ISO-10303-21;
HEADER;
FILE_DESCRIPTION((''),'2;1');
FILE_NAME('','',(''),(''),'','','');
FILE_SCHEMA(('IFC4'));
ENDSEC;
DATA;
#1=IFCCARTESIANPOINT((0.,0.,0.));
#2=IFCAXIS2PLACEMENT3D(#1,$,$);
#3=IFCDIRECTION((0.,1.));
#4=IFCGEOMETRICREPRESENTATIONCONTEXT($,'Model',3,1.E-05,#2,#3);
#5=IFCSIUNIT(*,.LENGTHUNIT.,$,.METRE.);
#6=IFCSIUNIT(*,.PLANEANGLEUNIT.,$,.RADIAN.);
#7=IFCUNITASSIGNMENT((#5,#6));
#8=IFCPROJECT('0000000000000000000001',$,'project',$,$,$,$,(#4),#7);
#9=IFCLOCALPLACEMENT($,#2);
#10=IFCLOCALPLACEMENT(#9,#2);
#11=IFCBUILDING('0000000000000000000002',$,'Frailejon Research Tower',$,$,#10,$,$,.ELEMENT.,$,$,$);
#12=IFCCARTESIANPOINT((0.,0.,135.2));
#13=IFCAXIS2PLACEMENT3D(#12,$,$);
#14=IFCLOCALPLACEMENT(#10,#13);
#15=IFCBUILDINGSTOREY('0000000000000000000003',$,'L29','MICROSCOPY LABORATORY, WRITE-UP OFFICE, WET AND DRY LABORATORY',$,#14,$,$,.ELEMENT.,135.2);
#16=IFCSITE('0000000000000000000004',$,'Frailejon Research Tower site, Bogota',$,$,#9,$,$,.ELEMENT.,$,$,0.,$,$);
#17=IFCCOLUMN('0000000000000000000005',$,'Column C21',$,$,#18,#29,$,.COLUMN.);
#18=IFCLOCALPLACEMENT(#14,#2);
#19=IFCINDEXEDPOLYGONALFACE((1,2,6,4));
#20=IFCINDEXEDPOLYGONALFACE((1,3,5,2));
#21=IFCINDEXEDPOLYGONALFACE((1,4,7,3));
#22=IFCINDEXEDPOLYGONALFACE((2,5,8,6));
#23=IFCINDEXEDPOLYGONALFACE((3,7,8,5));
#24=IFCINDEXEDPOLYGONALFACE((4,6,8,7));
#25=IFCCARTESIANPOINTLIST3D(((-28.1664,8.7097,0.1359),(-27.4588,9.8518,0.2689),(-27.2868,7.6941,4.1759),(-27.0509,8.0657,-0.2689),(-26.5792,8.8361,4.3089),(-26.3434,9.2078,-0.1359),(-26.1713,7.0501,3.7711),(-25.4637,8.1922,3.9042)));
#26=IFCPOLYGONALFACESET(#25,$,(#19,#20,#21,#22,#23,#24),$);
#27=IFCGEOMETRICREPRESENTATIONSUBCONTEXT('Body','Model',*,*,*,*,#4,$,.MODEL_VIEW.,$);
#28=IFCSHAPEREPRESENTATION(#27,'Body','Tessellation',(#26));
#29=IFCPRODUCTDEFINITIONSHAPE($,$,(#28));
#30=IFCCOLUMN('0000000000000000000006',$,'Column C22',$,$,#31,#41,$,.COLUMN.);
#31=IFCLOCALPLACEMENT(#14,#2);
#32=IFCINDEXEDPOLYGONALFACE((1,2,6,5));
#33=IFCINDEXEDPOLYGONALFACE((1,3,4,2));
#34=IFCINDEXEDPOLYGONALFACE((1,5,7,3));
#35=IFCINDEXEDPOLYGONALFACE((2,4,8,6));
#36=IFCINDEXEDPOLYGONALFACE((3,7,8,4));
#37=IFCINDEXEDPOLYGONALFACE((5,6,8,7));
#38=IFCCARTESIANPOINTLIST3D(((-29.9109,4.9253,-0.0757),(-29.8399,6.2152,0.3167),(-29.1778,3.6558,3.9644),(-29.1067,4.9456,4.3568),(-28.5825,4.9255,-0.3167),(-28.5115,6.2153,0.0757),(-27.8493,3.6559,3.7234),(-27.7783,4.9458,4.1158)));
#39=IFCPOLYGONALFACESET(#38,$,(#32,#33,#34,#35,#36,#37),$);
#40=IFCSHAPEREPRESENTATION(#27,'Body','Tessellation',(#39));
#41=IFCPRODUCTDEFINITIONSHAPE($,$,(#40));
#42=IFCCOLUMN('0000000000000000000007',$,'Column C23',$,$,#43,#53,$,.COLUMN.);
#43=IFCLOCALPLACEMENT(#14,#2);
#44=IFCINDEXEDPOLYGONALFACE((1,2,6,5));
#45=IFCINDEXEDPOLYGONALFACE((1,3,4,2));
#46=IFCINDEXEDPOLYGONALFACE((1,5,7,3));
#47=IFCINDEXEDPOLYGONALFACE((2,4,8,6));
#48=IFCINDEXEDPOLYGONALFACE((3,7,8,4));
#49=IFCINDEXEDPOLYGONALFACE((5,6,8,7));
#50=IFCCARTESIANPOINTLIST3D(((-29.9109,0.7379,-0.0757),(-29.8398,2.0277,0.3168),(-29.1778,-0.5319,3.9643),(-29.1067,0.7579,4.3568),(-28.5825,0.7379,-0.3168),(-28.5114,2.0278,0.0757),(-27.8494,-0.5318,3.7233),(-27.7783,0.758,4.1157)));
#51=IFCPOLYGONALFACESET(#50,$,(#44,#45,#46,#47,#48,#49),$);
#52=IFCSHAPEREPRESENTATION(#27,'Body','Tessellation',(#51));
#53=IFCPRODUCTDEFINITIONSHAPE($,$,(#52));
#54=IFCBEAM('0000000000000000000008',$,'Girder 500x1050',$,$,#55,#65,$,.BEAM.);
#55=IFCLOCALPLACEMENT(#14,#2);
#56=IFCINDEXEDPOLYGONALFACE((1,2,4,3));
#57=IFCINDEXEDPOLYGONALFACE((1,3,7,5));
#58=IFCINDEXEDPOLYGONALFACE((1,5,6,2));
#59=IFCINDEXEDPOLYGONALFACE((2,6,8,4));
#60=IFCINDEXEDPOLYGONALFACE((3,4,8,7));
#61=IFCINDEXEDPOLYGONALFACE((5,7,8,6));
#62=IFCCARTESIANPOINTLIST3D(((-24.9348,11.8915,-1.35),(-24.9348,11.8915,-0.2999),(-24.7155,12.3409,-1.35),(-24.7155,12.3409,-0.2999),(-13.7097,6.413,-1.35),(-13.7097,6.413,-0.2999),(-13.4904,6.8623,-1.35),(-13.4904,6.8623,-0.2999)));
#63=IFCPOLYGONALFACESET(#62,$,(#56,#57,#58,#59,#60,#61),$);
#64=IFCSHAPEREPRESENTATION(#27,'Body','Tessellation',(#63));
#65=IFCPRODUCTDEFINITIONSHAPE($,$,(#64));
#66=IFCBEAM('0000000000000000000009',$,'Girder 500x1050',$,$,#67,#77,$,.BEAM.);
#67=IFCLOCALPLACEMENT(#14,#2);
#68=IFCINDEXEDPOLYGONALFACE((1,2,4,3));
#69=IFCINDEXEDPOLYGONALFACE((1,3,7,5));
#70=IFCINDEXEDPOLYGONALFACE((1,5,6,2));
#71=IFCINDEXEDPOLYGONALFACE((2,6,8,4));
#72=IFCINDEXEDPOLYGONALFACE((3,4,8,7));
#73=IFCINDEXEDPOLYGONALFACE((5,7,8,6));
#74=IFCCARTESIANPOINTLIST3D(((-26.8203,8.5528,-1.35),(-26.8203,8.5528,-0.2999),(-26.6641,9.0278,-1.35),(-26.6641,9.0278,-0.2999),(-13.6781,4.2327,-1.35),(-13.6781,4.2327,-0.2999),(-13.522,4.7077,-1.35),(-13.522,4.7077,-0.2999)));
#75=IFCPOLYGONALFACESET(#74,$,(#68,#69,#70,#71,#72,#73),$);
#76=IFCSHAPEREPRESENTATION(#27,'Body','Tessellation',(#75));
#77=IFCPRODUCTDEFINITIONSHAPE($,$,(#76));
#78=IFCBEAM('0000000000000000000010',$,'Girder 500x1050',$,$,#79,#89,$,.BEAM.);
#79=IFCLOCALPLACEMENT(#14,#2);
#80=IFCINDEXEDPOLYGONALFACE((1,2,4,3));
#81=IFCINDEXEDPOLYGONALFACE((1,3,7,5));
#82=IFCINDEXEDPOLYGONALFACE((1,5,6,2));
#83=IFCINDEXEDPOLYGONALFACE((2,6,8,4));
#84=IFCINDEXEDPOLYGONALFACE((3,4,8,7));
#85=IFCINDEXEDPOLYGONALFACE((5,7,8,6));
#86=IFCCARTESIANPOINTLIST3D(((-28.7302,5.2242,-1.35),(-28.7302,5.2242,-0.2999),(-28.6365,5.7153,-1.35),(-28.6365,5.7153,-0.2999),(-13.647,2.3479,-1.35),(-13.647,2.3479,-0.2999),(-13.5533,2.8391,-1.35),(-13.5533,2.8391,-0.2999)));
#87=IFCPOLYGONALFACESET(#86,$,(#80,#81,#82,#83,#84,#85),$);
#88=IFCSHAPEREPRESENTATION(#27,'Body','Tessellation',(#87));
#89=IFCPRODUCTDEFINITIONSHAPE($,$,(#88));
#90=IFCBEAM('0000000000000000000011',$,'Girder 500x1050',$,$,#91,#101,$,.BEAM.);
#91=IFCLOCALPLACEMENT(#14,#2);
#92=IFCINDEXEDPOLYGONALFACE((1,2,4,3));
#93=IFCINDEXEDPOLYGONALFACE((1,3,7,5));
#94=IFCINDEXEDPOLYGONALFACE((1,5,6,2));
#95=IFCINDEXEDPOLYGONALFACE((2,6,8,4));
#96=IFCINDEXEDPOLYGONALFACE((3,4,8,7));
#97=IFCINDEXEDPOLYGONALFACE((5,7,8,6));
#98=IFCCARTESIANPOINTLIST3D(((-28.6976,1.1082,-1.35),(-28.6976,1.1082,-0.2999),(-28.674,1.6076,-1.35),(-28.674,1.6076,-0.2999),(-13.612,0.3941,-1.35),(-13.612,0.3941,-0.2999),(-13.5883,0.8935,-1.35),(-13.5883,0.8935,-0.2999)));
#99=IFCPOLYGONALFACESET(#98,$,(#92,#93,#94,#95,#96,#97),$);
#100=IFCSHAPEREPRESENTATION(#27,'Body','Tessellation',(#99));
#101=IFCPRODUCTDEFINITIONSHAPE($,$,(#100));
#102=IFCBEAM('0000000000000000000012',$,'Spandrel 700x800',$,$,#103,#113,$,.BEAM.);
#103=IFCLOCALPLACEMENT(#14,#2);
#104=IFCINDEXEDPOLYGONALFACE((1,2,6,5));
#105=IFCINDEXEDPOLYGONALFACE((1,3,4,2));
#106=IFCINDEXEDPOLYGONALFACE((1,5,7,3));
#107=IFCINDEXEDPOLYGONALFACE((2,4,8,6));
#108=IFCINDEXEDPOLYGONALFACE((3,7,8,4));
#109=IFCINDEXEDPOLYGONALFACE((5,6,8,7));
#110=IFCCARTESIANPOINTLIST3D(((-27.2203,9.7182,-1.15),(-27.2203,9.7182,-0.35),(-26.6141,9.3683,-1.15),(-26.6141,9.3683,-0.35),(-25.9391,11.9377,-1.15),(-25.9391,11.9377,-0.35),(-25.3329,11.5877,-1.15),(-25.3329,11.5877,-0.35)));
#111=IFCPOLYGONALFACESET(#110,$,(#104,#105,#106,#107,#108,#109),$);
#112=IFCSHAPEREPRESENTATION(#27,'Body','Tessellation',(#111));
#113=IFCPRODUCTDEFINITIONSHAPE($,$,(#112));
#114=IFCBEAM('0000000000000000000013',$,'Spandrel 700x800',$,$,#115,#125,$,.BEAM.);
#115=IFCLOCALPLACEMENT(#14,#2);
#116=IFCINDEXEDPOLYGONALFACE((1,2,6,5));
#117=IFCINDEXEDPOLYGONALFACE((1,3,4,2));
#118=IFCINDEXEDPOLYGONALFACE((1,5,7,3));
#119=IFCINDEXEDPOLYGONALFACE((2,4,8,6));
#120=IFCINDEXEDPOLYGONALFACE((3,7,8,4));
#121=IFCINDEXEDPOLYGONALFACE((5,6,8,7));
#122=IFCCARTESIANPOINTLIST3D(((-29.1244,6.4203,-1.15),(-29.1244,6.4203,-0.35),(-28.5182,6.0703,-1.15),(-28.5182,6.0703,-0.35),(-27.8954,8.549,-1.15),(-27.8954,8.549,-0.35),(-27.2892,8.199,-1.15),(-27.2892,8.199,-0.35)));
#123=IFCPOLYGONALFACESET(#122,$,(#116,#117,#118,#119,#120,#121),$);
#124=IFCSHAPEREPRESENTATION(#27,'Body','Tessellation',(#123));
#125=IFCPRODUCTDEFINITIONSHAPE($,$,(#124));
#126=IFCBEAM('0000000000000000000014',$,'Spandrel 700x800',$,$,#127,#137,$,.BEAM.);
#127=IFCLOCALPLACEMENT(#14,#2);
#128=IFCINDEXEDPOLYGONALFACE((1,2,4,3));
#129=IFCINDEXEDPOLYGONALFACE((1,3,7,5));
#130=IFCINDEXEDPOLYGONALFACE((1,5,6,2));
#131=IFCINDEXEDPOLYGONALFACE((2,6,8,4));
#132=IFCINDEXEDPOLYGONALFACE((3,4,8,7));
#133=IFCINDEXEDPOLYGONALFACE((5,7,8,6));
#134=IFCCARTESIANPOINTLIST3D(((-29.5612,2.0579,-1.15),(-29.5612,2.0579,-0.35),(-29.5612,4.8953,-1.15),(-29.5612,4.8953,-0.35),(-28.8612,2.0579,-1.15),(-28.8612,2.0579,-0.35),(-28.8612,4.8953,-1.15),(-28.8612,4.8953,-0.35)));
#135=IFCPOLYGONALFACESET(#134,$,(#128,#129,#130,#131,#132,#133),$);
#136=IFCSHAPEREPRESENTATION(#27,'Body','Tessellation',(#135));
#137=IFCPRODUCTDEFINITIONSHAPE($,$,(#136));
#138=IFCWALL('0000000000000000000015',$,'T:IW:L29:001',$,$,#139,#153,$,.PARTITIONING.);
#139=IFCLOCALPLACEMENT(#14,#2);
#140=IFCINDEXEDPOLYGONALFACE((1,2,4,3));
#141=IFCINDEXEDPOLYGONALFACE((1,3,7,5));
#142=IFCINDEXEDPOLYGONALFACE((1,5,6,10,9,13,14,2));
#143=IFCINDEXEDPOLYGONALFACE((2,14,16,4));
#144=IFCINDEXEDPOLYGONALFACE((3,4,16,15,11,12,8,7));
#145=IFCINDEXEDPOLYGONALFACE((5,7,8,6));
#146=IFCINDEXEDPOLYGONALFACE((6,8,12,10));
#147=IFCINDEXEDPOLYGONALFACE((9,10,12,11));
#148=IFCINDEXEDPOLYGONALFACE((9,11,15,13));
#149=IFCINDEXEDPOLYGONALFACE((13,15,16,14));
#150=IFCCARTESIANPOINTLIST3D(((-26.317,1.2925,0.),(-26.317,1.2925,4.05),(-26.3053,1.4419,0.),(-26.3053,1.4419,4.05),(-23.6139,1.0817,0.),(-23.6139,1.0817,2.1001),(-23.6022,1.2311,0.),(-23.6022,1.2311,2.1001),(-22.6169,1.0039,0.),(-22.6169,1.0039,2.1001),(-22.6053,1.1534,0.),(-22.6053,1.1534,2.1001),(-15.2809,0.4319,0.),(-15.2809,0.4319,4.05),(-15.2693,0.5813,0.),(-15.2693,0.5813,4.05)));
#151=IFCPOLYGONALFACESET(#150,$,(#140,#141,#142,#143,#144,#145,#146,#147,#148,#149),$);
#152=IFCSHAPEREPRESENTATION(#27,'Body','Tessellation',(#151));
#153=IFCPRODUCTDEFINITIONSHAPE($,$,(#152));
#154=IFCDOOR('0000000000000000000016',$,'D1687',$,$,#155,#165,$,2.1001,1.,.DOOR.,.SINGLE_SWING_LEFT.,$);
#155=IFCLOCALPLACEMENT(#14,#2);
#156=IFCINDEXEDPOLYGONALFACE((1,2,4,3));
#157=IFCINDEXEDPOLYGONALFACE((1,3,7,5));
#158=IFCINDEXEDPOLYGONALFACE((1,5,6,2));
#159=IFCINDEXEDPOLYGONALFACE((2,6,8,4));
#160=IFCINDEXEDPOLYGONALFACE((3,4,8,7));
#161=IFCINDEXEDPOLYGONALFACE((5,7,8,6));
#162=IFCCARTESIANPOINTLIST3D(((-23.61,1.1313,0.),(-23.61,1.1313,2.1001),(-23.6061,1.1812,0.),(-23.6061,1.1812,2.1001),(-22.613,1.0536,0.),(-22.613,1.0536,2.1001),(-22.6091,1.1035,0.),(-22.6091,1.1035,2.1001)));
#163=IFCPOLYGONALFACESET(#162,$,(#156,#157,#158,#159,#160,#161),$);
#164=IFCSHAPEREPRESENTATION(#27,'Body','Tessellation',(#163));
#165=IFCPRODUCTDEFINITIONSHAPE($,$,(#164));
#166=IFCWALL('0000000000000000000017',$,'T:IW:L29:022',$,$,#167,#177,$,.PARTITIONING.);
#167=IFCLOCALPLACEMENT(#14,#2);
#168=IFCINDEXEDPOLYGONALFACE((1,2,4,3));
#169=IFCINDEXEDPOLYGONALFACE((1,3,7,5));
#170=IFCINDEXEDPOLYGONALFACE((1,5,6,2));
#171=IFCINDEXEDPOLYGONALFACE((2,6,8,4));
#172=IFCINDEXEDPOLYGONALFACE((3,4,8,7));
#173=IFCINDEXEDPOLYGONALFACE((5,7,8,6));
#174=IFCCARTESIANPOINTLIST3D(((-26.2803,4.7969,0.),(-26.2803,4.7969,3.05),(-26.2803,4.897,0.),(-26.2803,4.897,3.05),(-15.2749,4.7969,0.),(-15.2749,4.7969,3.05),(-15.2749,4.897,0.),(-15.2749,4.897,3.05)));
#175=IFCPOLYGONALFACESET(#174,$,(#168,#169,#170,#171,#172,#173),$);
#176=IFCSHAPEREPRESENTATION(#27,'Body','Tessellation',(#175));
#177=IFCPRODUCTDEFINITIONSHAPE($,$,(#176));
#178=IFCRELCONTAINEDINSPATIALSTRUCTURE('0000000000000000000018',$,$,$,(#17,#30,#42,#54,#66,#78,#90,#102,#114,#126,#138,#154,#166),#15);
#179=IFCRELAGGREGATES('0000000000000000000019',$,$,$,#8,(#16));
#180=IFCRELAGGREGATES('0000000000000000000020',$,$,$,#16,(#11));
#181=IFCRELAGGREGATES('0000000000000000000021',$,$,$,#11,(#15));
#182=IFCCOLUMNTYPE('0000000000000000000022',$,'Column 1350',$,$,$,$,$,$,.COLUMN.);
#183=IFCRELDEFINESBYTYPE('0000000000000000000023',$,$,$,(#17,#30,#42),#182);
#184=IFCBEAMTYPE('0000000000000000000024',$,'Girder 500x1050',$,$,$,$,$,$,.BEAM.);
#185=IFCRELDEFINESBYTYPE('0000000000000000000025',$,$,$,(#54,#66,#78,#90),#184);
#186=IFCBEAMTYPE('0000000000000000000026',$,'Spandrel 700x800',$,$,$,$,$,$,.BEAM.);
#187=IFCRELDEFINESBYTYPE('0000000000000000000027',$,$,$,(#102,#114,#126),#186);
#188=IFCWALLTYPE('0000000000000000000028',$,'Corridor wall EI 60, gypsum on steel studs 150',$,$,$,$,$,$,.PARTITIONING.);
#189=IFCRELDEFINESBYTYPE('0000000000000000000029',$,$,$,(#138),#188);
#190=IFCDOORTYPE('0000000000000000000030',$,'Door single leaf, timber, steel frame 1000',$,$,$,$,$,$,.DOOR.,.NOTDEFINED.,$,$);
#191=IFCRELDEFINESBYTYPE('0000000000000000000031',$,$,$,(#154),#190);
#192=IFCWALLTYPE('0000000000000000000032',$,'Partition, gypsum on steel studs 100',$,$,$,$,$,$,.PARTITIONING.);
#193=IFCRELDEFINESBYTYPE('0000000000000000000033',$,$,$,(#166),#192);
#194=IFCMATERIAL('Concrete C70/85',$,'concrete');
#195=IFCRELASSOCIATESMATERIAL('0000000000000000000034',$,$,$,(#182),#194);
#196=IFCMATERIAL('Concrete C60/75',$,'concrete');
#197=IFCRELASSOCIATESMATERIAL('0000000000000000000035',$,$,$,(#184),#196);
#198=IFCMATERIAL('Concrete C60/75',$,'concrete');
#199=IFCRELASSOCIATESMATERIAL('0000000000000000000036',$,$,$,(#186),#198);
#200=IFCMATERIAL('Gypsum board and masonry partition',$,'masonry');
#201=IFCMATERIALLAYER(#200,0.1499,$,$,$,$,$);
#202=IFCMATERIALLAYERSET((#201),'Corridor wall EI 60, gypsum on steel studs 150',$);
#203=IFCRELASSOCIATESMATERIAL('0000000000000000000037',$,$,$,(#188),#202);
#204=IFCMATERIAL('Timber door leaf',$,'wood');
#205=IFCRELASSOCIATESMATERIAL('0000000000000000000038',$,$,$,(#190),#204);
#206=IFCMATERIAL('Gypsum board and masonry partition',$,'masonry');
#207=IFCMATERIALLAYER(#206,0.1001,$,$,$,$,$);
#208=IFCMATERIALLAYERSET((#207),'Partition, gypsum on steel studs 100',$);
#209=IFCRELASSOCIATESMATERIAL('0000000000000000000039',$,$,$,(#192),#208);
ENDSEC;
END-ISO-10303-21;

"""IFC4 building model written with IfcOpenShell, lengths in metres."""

from ifc_helpers import new_model, si_unit, direction, frame, frame_2d, origin, origin_2d, place, context, subcontext, project, spatial, rectangle, extrude, material, layer, layer_set, material_profile, profile_set, type_object, element, fill, save


model = new_model("IFC4")

# Units and contexts
model_context = context("Model", 3, precision=1e-05, world=origin(), true_north=direction((0.0, 1.0)))
body_context = subcontext(model_context, "Body", "Model", "MODEL_VIEW")
ifc_project = project(units=[si_unit("LENGTHUNIT", "METRE"), si_unit("PLANEANGLEUNIT", "RADIAN")], contexts=[model_context])

# Site, building, storey
site_placement = place(None, origin())
site = spatial("IfcSite", under=ifc_project, at=site_placement, Name="Frailejon Research Tower site, Bogota", CompositionType="ELEMENT", RefElevation=0.0)
building_placement = place(site_placement, origin())
building = spatial("IfcBuilding", under=site, at=building_placement, Name="Frailejon Research Tower", CompositionType="ELEMENT")
storey_placement = place(building_placement, frame((0.0, 0.0, 135.2)))
storey = spatial("IfcBuildingStorey", under=building, at=storey_placement, Name="L29", Description="MICROSCOPY LABORATORY, WRITE-UP OFFICE, WET AND DRY LABORATORY", CompositionType="ELEMENT", Elevation=135.2)

# Columns
ifc_material_1 = material(Name="Concrete C70/85", Category="concrete")
ifc_material_profile_1 = material_profile(ifc_material_1, rectangle(XDim=1.3501, YDim=1.3501, at=origin_2d()), Name="Column 1350")
ifc_profile_set_1 = profile_set([ifc_material_profile_1], Name="Concrete C70/85")
column_type = type_object("IfcColumnType", Name="Column 1350", PredefinedType="COLUMN", material=ifc_profile_set_1)
column_placement = place(storey_placement, frame((-27.2549, 8.9587, 0.0), z_axis=(0.206604, -0.238544, 0.9489), x_axis=(-0.524107, -0.845932, -0.098545)))
element("IfcColumn", 1, at=column_placement, inside=storey, type_object=column_type, Name="Column C21", PredefinedType="COLUMN", context=body_context, shape_type="SweptSolid", body=[
    extrude(rectangle(XDim=1.3501, YDim=1.3501, at=origin_2d()), origin(), (0.0, 0.0, 1.0), 4.2576),
])
for number, where, z_axis, x_axis, name in (
    (2, (-29.2112, 5.5703, 0.0), (0.170588, -0.295391, 0.940023), (-0.052628, -0.955377, -0.290665), "Column C22"),
    (3, (-29.2112, 1.3828, 0.0), (0.170585, -0.295442, 0.940008), (-0.052685, -0.955361, -0.290707), "Column C23"),
):
    element("IfcColumn", number, at=place(storey_placement, frame(where, z_axis=z_axis, x_axis=x_axis)), inside=storey, type_object=column_type, Name=name, PredefinedType="COLUMN", context=body_context, shape_type="SweptSolid", body=[
        extrude(rectangle(XDim=1.3501, YDim=1.3501, at=origin_2d()), origin(), (0.0, 0.0, 1.0), 4.2979),
    ])

# Beams
ifc_material_2 = material(Name="Concrete C60/75", Category="concrete")
ifc_material_profile_2 = material_profile(ifc_material_2, rectangle(XDim=0.5, YDim=1.05, at=origin_2d()), Name="Girder 500x1050")
ifc_profile_set_2 = profile_set([ifc_material_profile_2], Name="Concrete C60/75")
beam_type_1 = type_object("IfcBeamType", Name="Girder 500x1050", PredefinedType="BEAM", material=ifc_profile_set_2)
beam_1_placement = place(storey_placement, frame((-24.8252, 12.1162, -0.825), z_axis=(0.898678, -0.438608, 0.0), x_axis=(0.438608, 0.898678, 0.0)))
element("IfcBeam", 4, at=beam_1_placement, inside=storey, type_object=beam_type_1, Name="Girder 500x1050", PredefinedType="BEAM", context=body_context, shape_type="SweptSolid", body=[
    extrude(rectangle(XDim=0.5, YDim=1.05, at=origin_2d()), origin(), (0.0, 0.0, 1.0), 12.4907),
])
beam_2_placement = place(storey_placement, frame((-26.7422, 8.7903, -0.825), z_axis=(0.94999, -0.312281, 0.0), x_axis=(0.312281, 0.94999, 0.0)))
element("IfcBeam", 5, at=beam_2_placement, inside=storey, type_object=beam_type_1, Name="Girder 500x1050", PredefinedType="BEAM", context=body_context, shape_type="SweptSolid", body=[
    extrude(rectangle(XDim=0.5, YDim=1.05, at=origin_2d()), origin(), (0.0, 0.0, 1.0), 13.834),
])
beam_3_placement = place(storey_placement, frame((-28.6833, 5.4697, -0.825), z_axis=(0.9823, -0.187314, 0.0), x_axis=(0.187314, 0.9823, 0.0)))
element("IfcBeam", 6, at=beam_3_placement, inside=storey, type_object=beam_type_1, Name="Girder 500x1050", PredefinedType="BEAM", context=body_context, shape_type="SweptSolid", body=[
    extrude(rectangle(XDim=0.5, YDim=1.05, at=origin_2d()), origin(), (0.0, 0.0, 1.0), 15.355),
])
beam_4_placement = place(storey_placement, frame((-28.6858, 1.3579, -0.825), z_axis=(0.998881, -0.047284, 0.0), x_axis=(0.047284, 0.998881, 0.0)))
element("IfcBeam", 7, at=beam_4_placement, inside=storey, type_object=beam_type_1, Name="Girder 500x1050", PredefinedType="BEAM", context=body_context, shape_type="SweptSolid", body=[
    extrude(rectangle(XDim=0.5, YDim=1.05, at=origin_2d()), origin(), (0.0, 0.0, 1.0), 15.1025),
])
ifc_material_3 = material(Name="Concrete C60/75", Category="concrete")
ifc_material_profile_3 = material_profile(ifc_material_3, rectangle(XDim=0.7, YDim=0.8, at=origin_2d()), Name="Spandrel 700x800")
ifc_profile_set_3 = profile_set([ifc_material_profile_3], Name="Concrete C60/75")
beam_type_2 = type_object("IfcBeamType", Name="Spandrel 700x800", PredefinedType="BEAM", material=ifc_profile_set_3)
beam_5_placement = place(storey_placement, frame((-25.636, 11.7627, -0.75), z_axis=(-0.499951, -0.866054, 0.0), x_axis=(0.866054, -0.499951, 0.0)))
element("IfcBeam", 8, at=beam_5_placement, inside=storey, type_object=beam_type_2, Name="Spandrel 700x800", PredefinedType="BEAM", context=body_context, shape_type="SweptSolid", body=[
    extrude(rectangle(XDim=0.7, YDim=0.8, at=origin_2d()), origin(), (0.0, 0.0, 1.0), 2.5627),
])
beam_6_placement = place(storey_placement, frame((-27.5923, 8.374, -0.75), z_axis=(-0.500006, -0.866022, 0.0), x_axis=(0.866022, -0.500006, 0.0)))
element("IfcBeam", 9, at=beam_6_placement, inside=storey, type_object=beam_type_2, Name="Spandrel 700x800", PredefinedType="BEAM", context=body_context, shape_type="SweptSolid", body=[
    extrude(rectangle(XDim=0.7, YDim=0.8, at=origin_2d()), origin(), (0.0, 0.0, 1.0), 2.458),
])
beam_7_placement = place(storey_placement, frame((-29.2112, 4.8953, -0.75), z_axis=(0.0, -1.0, 0.0), x_axis=(1.0, 0.0, 0.0)))
element("IfcBeam", 10, at=beam_7_placement, inside=storey, type_object=beam_type_2, Name="Spandrel 700x800", PredefinedType="BEAM", context=body_context, shape_type="SweptSolid", body=[
    extrude(rectangle(XDim=0.7, YDim=0.8, at=origin_2d()), origin(), (0.0, 0.0, 1.0), 2.8374),
])

# Wall, opening, door
ifc_material_4 = material(Name="Gypsum board and masonry partition", Category="masonry")
ifc_layer_1 = layer(ifc_material_4, 0.1499)
ifc_layer_set_1 = layer_set([ifc_layer_1], Name="Corridor wall EI 60, gypsum on steel studs 150")
wall_type_1 = type_object("IfcWallType", Name="Corridor wall EI 60, gypsum on steel studs 150", PredefinedType="PARTITIONING", material=ifc_layer_set_1)
wall_1_placement = place(storey_placement, frame((-26.311, 1.3672, 0.0), z_axis=(0.0, 0.0, 1.0), x_axis=(0.996973, -0.077744, 0.0)))
wall_1 = element("IfcWall", 11, at=wall_1_placement, inside=storey, type_object=wall_type_1, Name="T:IW:L29:001", PredefinedType="PARTITIONING", context=body_context, shape_type="SweptSolid", body=[
    extrude(rectangle(XDim=11.0696, YDim=0.1499, at=frame_2d((5.5347, 0.0))), origin(), (0.0, 0.0, 1.0), 4.05),
])
opening_1_placement = place(wall_1_placement, frame((2.7112, 0.0, 0.0)))
opening_1 = element("IfcOpeningElement", 12, at=opening_1_placement, cuts=wall_1, PredefinedType="OPENING", context=body_context, shape_type="SweptSolid", body=[
    extrude(rectangle(XDim=1.0, YDim=2.1001, at=frame_2d((0.5, 1.05))), frame((0.0, 0.085, 0.0), z_axis=(0.0, -1.0, 0.0), x_axis=(1.0, 0.0, 0.0)), (0.0, 0.0, 1.0), 0.1699),
])
ifc_material_5 = material(Name="Timber door leaf", Category="wood")
door_type = type_object("IfcDoorType", Name="Door single leaf, timber, steel frame 1000", OperationType="NOTDEFINED", PredefinedType="DOOR", material=ifc_material_5)
door_placement = place(opening_1_placement, origin())
door = element("IfcDoor", 13, at=door_placement, inside=storey, type_object=door_type, Name="D1687", OperationType="SINGLE_SWING_LEFT", OverallHeight=2.1001, OverallWidth=1.0, PredefinedType="DOOR", context=body_context, shape_type="SweptSolid", body=[
    extrude(rectangle(XDim=1.0, YDim=2.1001, at=frame_2d((0.5, 1.05))), frame((0.0, 0.0249, 0.0), z_axis=(0.0, -1.0, 0.0), x_axis=(1.0, 0.0, 0.0)), (0.0, 0.0, 1.0), 0.05),
])
fill(opening_1, door)

# Wall
ifc_material_6 = material(Name="Gypsum board and masonry partition", Category="masonry")
ifc_layer_2 = layer(ifc_material_6, 0.1001)
ifc_layer_set_2 = layer_set([ifc_layer_2], Name="Partition, gypsum on steel studs 100")
wall_type_2 = type_object("IfcWallType", Name="Partition, gypsum on steel studs 100", PredefinedType="PARTITIONING", material=ifc_layer_set_2)
wall_2_placement = place(storey_placement, frame((-26.2803, 4.8469, 0.0), z_axis=(0.0, 0.0, 1.0), x_axis=(1.0, 0.0, 0.0)))
element("IfcWall", 14, at=wall_2_placement, inside=storey, type_object=wall_type_2, Name="T:IW:L29:022", PredefinedType="PARTITIONING", context=body_context, shape_type="SweptSolid", body=[
    extrude(rectangle(XDim=11.0054, YDim=0.1001, at=frame_2d((5.5027, 0.0))), origin(), (0.0, 0.0, 1.0), 3.05),
])

save(model, "model.ifc")
